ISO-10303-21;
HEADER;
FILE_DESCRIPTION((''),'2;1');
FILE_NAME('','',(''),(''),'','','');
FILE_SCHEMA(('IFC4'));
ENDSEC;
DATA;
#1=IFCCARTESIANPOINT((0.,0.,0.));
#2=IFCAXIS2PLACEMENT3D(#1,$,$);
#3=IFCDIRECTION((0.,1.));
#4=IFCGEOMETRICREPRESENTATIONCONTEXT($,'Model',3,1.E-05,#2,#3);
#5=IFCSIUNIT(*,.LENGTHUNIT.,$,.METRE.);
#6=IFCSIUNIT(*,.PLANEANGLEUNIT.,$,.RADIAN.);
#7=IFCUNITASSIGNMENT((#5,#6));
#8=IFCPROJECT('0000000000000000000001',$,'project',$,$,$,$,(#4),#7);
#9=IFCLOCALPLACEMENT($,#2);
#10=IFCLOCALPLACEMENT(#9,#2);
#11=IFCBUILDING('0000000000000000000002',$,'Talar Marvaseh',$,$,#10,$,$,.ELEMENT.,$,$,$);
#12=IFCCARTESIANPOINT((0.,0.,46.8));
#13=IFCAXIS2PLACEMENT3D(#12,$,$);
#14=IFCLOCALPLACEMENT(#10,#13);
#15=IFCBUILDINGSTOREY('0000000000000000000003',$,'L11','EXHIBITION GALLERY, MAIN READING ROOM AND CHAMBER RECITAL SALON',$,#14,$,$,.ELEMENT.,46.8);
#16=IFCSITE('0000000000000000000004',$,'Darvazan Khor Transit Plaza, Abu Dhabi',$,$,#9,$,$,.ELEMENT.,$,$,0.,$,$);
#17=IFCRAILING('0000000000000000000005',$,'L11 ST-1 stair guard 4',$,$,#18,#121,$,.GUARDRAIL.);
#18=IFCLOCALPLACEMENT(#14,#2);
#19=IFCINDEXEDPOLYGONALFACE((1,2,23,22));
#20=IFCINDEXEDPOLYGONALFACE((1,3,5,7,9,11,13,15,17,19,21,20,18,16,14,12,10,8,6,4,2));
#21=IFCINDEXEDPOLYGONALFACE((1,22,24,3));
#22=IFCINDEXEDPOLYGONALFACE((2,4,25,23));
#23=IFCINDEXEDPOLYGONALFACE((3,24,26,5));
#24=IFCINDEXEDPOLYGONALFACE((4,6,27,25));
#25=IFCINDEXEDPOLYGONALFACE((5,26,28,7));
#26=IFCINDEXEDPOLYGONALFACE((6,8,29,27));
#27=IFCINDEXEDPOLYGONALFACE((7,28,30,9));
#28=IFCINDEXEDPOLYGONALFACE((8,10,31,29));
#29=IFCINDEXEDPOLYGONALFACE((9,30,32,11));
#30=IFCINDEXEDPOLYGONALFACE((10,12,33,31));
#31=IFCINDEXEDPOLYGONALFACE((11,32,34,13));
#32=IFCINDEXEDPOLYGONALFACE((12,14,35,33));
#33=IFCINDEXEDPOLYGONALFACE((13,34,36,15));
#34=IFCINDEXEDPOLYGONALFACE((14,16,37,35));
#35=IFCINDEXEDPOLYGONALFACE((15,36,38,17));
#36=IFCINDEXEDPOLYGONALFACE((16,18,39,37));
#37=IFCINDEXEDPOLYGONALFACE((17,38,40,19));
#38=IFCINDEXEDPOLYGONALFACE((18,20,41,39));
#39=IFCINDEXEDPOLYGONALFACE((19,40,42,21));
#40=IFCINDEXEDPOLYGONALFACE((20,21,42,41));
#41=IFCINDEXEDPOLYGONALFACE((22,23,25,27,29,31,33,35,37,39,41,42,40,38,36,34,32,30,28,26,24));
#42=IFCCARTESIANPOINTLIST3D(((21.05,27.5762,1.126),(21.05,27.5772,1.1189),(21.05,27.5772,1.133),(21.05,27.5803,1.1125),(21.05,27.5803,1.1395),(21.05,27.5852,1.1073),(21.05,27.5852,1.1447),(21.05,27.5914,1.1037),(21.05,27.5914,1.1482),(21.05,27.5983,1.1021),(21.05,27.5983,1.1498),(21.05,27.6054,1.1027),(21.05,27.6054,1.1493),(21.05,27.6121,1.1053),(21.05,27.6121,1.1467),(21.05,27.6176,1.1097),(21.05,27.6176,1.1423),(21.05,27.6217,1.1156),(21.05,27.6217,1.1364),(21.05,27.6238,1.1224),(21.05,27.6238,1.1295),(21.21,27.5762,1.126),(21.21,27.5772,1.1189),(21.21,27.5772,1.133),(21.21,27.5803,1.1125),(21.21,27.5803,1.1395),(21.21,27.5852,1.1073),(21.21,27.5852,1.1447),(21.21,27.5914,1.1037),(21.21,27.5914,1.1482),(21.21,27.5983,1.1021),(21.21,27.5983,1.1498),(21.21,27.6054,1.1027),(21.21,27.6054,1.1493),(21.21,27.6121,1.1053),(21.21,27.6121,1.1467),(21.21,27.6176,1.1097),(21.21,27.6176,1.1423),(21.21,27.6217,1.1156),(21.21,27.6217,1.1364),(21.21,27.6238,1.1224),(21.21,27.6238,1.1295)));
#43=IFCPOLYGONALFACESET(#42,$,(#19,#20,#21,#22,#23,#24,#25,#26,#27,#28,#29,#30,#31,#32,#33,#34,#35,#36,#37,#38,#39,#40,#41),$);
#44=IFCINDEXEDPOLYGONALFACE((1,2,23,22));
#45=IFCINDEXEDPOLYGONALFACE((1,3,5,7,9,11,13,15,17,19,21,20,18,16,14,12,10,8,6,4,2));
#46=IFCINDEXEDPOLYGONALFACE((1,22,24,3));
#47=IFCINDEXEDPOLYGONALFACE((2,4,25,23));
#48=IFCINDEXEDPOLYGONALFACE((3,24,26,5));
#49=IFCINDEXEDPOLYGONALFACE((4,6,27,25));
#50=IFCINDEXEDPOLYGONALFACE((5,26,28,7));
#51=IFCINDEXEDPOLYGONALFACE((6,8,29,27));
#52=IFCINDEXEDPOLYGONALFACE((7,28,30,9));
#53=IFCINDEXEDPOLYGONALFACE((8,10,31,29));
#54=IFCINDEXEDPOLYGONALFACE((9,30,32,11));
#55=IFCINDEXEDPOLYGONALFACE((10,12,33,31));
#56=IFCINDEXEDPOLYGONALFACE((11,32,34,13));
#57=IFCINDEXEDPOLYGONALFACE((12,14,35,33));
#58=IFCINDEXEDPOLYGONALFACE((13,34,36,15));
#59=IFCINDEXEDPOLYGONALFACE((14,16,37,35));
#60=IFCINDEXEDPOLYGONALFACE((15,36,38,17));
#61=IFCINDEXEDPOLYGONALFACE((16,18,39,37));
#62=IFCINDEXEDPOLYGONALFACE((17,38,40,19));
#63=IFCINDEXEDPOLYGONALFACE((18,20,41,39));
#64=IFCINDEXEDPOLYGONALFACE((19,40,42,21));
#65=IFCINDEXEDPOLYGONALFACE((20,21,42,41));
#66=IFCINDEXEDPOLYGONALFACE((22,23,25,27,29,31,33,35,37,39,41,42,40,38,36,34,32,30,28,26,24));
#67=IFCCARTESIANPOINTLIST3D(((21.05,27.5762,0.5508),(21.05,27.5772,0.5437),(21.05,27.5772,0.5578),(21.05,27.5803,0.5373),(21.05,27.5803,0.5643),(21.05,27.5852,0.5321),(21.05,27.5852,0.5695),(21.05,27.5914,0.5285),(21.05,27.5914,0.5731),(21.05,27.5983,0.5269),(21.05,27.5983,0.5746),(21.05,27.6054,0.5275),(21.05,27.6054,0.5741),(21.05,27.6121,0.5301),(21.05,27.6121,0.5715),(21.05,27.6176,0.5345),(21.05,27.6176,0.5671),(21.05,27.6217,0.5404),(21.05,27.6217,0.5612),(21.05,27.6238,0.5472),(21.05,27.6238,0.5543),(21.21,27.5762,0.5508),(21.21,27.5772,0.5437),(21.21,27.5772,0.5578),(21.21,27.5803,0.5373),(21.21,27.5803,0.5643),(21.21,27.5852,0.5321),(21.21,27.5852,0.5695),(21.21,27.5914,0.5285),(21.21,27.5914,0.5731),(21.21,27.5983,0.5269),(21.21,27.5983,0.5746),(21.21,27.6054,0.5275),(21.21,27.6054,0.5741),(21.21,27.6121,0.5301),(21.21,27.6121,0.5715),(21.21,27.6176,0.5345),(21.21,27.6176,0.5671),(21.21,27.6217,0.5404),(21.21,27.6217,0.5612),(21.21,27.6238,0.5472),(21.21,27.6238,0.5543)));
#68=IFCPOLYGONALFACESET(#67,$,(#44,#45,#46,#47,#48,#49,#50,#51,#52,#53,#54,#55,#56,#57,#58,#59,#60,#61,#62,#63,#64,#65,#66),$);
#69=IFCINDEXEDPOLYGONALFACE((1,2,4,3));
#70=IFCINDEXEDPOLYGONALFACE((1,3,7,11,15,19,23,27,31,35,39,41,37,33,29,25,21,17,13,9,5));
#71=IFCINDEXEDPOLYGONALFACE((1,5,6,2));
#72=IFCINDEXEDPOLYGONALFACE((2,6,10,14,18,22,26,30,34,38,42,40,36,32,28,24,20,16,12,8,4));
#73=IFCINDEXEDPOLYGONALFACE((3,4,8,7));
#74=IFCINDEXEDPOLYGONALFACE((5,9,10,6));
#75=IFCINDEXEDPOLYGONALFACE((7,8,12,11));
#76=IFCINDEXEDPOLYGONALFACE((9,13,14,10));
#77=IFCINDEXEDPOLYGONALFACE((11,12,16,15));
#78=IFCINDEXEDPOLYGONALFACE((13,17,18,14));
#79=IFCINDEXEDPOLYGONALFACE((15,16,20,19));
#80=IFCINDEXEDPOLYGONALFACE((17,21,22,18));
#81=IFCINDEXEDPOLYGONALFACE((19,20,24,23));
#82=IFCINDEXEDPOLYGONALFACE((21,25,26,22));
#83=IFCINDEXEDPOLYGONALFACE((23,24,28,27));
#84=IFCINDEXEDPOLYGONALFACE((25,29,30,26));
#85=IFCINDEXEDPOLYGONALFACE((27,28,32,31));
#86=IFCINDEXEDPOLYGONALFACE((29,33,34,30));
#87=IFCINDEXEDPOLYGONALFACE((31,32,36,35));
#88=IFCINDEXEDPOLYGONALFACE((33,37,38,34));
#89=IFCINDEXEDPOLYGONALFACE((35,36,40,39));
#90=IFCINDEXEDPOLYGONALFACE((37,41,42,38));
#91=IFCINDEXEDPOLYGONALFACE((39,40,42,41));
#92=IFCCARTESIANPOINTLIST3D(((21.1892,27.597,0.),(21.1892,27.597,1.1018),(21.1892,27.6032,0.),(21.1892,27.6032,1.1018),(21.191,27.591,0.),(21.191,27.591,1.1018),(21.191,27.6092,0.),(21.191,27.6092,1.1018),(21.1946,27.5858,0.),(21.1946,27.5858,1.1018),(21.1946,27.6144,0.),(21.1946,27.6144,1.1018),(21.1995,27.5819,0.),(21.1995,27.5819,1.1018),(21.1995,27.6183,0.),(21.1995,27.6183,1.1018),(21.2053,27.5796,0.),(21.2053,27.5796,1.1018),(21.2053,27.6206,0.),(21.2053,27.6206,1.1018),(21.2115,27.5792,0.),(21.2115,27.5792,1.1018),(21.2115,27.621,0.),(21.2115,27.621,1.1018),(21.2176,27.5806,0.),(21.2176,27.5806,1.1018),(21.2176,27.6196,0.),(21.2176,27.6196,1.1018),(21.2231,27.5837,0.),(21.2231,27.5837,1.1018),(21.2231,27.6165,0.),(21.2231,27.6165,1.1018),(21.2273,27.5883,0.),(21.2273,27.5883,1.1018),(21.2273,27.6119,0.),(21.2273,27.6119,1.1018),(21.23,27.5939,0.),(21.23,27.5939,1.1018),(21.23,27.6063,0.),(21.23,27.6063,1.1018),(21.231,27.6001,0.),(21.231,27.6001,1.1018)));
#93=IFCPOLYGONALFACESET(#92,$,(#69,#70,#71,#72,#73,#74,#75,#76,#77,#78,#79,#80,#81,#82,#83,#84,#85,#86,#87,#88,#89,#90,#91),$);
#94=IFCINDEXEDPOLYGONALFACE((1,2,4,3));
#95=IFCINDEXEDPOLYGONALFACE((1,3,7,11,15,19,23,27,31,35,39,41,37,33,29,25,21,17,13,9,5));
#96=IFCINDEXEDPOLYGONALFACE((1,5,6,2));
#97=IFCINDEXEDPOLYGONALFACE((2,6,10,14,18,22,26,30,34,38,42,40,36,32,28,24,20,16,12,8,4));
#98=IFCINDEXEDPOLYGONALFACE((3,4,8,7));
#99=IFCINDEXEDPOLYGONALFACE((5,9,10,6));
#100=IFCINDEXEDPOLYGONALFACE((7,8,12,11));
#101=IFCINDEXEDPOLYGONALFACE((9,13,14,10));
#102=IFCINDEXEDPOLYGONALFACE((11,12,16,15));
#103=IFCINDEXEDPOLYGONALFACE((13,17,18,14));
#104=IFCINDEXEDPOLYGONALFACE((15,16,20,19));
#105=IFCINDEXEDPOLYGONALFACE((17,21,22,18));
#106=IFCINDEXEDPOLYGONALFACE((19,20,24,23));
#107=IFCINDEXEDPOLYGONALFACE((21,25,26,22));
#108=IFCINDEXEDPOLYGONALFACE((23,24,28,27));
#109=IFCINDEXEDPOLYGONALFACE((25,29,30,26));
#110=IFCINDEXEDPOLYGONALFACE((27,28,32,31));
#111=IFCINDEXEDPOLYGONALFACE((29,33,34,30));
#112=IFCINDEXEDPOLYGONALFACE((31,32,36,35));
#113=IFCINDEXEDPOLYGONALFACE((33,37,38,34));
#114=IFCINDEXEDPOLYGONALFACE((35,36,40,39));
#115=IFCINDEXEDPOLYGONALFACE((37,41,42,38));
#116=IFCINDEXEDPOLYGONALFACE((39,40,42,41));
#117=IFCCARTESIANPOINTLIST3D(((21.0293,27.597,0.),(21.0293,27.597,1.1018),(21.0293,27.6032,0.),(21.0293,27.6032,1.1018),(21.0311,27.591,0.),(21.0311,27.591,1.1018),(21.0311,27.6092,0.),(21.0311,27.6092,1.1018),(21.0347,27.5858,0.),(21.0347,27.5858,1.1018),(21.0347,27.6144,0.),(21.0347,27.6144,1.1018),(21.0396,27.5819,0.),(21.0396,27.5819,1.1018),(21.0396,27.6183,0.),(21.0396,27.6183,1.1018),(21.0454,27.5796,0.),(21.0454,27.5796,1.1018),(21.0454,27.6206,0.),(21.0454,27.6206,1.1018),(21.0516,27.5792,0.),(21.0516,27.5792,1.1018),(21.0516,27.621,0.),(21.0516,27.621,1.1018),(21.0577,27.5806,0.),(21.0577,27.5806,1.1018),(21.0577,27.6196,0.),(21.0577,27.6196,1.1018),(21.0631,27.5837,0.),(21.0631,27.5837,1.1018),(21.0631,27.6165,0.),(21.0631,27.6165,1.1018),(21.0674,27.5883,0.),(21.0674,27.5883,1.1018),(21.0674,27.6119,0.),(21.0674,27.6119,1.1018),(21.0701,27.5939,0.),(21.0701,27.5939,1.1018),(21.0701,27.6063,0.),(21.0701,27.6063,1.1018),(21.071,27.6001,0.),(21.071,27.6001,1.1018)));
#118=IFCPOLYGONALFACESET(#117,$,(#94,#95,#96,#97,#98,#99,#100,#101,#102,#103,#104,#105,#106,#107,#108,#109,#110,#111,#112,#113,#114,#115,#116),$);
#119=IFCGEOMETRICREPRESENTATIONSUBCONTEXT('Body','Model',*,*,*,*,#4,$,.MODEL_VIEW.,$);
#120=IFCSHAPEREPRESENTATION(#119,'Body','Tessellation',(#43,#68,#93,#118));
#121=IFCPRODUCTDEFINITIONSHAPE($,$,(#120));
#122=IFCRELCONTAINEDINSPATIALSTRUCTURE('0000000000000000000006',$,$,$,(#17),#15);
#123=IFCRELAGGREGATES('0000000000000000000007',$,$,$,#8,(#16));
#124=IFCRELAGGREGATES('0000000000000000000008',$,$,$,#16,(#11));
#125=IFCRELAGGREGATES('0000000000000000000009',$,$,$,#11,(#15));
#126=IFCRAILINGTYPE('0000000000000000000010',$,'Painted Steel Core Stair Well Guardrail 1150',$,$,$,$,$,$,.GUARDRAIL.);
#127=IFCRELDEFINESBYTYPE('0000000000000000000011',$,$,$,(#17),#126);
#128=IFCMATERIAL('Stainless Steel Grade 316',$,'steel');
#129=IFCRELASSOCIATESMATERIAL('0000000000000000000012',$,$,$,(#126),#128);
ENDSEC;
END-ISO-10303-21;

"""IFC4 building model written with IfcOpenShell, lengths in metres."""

from ifc_helpers import new_model, si_unit, direction, frame, origin, origin_2d, place, context, subcontext, project, spatial, circle, extrude, material, type_object, element, save


model = new_model("IFC4")

# Units and contexts
model_context = context("Model", 3, precision=1e-05, world=origin(), true_north=direction((0.0, 1.0)))
body_context = subcontext(model_context, "Body", "Model", "MODEL_VIEW")
ifc_project = project(units=[si_unit("LENGTHUNIT", "METRE"), si_unit("PLANEANGLEUNIT", "RADIAN")], contexts=[model_context])

# Site, building, storey
site_placement = place(None, origin())
site = spatial("IfcSite", under=ifc_project, at=site_placement, Name="Darvazan Khor Transit Plaza, Abu Dhabi", CompositionType="ELEMENT", RefElevation=0.0)
building_placement = place(site_placement, origin())
building = spatial("IfcBuilding", under=site, at=building_placement, Name="Talar Marvaseh", CompositionType="ELEMENT")
storey_placement = place(building_placement, frame((0.0, 0.0, 46.8)))
storey = spatial("IfcBuildingStorey", under=building, at=storey_placement, Name="L11", Description="EXHIBITION GALLERY, MAIN READING ROOM AND CHAMBER RECITAL SALON", CompositionType="ELEMENT", Elevation=46.8)

# Railing
ifc_material_1 = material(Name="Stainless Steel Grade 316", Category="steel")
railing_type_1 = type_object("IfcRailingType", Name="Painted Steel Core Stair Well Guardrail 1150", PredefinedType="GUARDRAIL", material=ifc_material_1)
railing_1_placement = place(storey_placement, frame((21.21, 27.6001, 0.0)))
element("IfcRailing", 1, at=railing_1_placement, inside=storey, type_object=railing_type_1, Name="L11 ST-1 stair guard 4", PredefinedType="GUARDRAIL", context=body_context, shape_type="SweptSolid", body=[
    extrude(circle(Radius=0.0239, at=origin_2d()), frame((0.0, 0.0, 1.126), z_axis=(-1.0, 0.0, 0.0), x_axis=(0.0, -1.0, 0.0)), (0.0, 0.0, 1.0), 0.1599),
    extrude(circle(Radius=0.0239, at=origin_2d()), frame((0.0, 0.0, 0.5508), z_axis=(-1.0, 0.0, 0.0), x_axis=(0.0, -1.0, 0.0)), (0.0, 0.0, 1.0), 0.1599),
    extrude(circle(Radius=0.021, at=origin_2d()), origin(), (0.0, 0.0, 1.0), 1.1018),
    extrude(circle(Radius=0.021, at=origin_2d()), frame((-0.1599, 0.0, 0.0)), (0.0, 0.0, 1.0), 1.1018),
])

save(model, "model.ifc")
